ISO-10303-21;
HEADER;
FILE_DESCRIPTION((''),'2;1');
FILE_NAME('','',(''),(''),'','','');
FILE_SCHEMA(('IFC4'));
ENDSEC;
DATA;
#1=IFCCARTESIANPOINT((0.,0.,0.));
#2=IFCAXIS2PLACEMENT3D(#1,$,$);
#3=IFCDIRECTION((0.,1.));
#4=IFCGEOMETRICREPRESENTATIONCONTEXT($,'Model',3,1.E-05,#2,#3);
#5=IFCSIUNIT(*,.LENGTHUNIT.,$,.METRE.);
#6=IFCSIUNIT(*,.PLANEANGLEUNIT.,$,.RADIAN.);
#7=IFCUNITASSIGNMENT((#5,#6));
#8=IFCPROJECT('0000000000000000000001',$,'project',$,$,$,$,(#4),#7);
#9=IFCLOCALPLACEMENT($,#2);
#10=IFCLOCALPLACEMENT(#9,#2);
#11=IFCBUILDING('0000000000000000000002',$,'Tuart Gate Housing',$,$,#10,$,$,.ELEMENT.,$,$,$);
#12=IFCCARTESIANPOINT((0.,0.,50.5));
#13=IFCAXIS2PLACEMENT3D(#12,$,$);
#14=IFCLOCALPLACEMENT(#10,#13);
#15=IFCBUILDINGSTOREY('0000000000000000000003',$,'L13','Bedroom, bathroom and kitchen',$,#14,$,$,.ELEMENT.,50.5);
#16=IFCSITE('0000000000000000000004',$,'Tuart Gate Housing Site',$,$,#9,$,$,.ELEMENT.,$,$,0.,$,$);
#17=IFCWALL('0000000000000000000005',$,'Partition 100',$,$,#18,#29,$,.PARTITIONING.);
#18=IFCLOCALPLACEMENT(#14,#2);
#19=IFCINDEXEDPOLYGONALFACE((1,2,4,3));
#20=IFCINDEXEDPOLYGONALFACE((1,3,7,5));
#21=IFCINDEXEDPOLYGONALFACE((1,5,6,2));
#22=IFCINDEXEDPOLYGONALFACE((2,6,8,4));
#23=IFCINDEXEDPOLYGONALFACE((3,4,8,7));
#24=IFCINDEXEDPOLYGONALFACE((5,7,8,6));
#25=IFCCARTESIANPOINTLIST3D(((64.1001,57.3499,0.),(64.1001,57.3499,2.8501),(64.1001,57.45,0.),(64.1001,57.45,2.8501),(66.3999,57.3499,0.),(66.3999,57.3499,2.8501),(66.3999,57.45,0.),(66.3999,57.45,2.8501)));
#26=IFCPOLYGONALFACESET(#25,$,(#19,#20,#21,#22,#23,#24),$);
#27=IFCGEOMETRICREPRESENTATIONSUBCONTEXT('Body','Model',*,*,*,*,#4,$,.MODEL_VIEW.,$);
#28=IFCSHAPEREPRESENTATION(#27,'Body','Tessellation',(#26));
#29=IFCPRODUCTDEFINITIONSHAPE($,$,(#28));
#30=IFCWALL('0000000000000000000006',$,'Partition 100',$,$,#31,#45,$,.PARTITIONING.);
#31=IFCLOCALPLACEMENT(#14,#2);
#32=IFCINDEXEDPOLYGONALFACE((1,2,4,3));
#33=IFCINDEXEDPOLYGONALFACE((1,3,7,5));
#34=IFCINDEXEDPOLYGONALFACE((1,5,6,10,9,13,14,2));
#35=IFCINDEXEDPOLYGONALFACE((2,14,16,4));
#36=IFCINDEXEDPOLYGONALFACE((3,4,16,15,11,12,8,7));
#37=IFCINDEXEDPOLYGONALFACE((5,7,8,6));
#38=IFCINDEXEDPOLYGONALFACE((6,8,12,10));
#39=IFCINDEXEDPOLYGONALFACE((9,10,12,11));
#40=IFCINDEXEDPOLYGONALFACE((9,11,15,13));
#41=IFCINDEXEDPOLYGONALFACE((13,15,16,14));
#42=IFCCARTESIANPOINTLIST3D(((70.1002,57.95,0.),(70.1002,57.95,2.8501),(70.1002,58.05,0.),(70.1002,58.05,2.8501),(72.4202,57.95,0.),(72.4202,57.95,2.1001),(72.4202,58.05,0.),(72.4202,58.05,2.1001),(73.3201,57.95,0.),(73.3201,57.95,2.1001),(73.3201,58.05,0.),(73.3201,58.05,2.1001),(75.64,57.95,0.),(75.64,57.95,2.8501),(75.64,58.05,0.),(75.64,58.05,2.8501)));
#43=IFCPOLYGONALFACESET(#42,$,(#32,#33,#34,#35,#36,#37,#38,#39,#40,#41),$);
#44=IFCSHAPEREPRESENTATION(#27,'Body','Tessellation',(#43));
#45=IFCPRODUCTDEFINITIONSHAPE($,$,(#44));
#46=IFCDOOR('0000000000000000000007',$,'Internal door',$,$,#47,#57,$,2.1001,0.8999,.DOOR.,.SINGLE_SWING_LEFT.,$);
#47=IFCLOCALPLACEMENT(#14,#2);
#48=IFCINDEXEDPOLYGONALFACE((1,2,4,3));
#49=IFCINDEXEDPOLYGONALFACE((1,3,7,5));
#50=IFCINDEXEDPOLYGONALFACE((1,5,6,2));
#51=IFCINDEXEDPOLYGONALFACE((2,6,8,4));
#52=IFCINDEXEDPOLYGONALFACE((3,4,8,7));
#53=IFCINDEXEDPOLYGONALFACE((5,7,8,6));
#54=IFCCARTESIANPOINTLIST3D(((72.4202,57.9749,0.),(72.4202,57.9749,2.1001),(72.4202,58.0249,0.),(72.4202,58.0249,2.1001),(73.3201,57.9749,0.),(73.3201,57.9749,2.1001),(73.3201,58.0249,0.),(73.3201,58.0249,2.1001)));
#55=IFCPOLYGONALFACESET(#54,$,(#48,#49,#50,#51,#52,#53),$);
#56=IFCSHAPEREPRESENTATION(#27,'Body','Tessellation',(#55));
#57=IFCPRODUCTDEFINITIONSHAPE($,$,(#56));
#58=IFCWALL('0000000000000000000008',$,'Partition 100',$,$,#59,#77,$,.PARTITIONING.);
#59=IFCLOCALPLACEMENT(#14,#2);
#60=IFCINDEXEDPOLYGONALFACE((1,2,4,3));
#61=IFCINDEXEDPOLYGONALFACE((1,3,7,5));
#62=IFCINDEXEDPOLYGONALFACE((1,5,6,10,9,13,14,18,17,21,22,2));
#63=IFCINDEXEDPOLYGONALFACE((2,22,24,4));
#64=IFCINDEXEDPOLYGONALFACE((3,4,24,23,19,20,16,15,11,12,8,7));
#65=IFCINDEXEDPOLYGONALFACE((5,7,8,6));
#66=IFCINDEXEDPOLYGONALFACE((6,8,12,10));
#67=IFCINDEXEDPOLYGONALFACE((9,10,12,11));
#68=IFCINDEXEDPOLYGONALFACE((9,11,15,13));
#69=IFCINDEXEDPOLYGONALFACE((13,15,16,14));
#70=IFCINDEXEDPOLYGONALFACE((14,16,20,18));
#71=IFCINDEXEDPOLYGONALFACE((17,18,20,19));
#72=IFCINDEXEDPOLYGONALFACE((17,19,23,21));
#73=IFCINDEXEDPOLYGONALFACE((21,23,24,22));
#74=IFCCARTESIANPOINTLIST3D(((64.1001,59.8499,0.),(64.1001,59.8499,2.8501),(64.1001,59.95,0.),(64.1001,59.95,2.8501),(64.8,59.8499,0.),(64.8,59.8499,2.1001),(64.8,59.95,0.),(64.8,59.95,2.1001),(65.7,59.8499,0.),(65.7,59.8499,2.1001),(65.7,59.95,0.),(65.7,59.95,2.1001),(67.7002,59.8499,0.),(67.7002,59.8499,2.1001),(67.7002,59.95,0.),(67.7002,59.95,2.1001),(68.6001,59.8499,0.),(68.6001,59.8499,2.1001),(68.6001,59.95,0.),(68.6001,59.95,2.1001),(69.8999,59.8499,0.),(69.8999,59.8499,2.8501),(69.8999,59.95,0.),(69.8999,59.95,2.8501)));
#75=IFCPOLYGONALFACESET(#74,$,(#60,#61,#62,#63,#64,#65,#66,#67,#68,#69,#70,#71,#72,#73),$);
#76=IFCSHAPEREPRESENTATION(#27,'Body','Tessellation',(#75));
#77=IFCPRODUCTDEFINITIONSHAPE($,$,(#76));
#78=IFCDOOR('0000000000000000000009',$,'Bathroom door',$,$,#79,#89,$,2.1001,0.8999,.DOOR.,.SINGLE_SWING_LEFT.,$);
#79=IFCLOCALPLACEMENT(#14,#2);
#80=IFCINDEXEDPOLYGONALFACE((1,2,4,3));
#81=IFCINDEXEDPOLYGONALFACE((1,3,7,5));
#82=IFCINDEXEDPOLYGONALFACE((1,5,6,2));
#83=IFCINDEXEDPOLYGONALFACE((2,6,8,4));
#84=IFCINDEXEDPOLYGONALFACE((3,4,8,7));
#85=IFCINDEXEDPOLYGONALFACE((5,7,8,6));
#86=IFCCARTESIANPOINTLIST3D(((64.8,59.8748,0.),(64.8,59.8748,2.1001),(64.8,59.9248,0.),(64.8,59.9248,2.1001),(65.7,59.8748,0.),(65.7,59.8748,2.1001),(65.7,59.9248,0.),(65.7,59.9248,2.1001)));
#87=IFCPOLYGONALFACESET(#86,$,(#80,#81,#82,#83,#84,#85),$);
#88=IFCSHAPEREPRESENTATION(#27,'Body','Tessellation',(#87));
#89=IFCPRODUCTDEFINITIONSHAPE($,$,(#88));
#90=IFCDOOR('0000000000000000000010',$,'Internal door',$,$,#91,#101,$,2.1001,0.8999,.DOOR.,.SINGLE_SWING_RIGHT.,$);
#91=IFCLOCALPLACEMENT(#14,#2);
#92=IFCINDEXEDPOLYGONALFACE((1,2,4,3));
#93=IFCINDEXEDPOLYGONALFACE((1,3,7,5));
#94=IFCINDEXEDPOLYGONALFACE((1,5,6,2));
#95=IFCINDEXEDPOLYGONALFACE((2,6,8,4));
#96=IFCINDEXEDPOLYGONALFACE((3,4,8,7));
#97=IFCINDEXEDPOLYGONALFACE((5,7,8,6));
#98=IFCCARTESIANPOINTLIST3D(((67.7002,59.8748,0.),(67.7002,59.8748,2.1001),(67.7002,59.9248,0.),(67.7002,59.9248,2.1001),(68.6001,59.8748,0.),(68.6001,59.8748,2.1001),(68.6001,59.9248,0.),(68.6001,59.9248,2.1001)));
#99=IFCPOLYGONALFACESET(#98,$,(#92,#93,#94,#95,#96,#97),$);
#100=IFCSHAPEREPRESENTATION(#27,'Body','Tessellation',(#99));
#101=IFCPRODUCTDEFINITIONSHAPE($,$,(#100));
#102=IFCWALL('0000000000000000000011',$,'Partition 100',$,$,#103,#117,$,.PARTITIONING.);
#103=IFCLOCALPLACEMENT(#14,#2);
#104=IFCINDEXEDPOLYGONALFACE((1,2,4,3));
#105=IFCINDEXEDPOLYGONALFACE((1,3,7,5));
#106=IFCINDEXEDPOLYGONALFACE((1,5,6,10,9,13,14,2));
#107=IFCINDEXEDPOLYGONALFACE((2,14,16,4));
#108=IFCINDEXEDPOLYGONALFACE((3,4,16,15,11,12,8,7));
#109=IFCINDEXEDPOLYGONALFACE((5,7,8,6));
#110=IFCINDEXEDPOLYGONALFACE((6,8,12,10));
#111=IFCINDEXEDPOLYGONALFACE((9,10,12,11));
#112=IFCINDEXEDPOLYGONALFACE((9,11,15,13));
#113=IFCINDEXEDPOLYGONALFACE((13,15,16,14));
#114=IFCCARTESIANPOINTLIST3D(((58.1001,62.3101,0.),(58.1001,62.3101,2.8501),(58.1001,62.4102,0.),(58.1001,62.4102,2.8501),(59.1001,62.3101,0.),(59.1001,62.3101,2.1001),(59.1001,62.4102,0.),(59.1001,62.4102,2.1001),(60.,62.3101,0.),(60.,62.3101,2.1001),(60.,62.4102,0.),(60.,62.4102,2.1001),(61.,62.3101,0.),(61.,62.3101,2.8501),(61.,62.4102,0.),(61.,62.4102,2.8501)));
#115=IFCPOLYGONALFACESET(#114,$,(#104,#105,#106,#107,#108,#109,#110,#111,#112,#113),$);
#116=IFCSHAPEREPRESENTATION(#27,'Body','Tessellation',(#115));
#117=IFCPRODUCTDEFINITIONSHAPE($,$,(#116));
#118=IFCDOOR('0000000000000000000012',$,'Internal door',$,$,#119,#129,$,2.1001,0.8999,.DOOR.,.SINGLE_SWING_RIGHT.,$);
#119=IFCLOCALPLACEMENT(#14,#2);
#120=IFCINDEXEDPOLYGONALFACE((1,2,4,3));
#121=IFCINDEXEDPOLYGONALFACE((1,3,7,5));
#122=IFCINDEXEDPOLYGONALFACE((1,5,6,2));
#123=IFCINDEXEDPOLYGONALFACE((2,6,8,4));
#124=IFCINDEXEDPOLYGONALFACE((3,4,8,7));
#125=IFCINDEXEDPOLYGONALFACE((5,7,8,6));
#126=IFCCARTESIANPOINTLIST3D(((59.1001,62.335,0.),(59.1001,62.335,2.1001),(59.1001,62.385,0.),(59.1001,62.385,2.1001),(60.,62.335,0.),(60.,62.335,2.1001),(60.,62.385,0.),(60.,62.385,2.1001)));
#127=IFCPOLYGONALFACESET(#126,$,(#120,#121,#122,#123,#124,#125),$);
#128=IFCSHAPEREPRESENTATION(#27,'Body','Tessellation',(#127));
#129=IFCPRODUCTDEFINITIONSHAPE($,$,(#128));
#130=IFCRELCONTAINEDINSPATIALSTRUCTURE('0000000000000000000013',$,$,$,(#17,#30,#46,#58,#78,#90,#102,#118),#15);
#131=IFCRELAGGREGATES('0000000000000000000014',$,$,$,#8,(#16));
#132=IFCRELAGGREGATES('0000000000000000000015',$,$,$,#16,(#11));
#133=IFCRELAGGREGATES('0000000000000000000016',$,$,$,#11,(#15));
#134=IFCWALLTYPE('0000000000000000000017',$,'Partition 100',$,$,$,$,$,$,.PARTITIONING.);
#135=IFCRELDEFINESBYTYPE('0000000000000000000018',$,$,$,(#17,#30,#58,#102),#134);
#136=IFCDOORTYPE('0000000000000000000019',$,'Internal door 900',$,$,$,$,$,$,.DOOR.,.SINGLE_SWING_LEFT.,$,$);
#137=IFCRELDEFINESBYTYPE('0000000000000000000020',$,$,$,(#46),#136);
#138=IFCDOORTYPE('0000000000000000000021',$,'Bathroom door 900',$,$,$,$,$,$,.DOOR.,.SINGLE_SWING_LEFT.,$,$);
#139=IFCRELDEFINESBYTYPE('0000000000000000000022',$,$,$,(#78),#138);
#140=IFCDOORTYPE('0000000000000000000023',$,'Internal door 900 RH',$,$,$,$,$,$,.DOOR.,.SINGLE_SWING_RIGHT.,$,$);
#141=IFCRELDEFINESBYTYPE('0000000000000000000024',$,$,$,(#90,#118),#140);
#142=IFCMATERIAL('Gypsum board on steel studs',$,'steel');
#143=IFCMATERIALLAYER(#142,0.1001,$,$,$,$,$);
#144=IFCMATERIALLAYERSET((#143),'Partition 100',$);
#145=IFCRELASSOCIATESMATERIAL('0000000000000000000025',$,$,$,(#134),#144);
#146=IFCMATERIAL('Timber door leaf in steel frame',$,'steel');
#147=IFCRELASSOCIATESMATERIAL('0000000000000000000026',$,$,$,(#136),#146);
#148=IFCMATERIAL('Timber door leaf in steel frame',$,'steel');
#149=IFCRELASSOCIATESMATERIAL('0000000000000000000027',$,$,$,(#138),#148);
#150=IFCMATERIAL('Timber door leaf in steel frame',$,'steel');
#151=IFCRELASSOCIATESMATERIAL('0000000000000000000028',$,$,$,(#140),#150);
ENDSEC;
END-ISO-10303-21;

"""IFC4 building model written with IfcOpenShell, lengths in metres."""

from ifc_helpers import new_model, si_unit, direction, frame, frame_2d, origin, place, context, subcontext, project, spatial, rectangle, extrude, material, layer, layer_set, type_object, element, fill, save


model = new_model("IFC4")

# Units and contexts
model_context = context("Model", 3, precision=1e-05, world=origin(), true_north=direction((0.0, 1.0)))
body_context = subcontext(model_context, "Body", "Model", "MODEL_VIEW")
ifc_project = project(units=[si_unit("LENGTHUNIT", "METRE"), si_unit("PLANEANGLEUNIT", "RADIAN")], contexts=[model_context])

# Site, building, storey
site_placement = place(None, origin())
site = spatial("IfcSite", under=ifc_project, at=site_placement, Name="Tuart Gate Housing Site", CompositionType="ELEMENT", RefElevation=0.0)
building_placement = place(site_placement, origin())
building = spatial("IfcBuilding", under=site, at=building_placement, Name="Tuart Gate Housing", CompositionType="ELEMENT")
storey_placement = place(building_placement, frame((0.0, 0.0, 50.5)))
storey = spatial("IfcBuildingStorey", under=building, at=storey_placement, Name="L13", Description="Bedroom, bathroom and kitchen", CompositionType="ELEMENT", Elevation=50.5)

# Wall
ifc_material_1 = material(Name="Gypsum board on steel studs", Category="steel")
ifc_layer_1 = layer(ifc_material_1, 0.1001)
ifc_layer_set_1 = layer_set([ifc_layer_1], Name="Partition 100")
wall_type_1 = type_object("IfcWallType", Name="Partition 100", PredefinedType="PARTITIONING", material=ifc_layer_set_1)
wall_1_placement = place(storey_placement, frame((64.1001, 57.3999, 0.0), z_axis=(0.0, 0.0, 1.0), x_axis=(1.0, 0.0, 0.0)))
element("IfcWall", 1, at=wall_1_placement, inside=storey, type_object=wall_type_1, Name="Partition 100", PredefinedType="PARTITIONING", context=body_context, shape_type="SweptSolid", body=[
    extrude(rectangle(XDim=2.2998, YDim=0.1001, at=frame_2d((1.1499, 0.0))), origin(), (0.0, 0.0, 1.0), 2.8501),
])

# Wall, opening, door
wall_2_placement = place(storey_placement, frame((70.1001, 58.0, 0.0), z_axis=(0.0, 0.0, 1.0), x_axis=(1.0, 0.0, 0.0)))
wall_2 = element("IfcWall", 2, at=wall_2_placement, inside=storey, type_object=wall_type_1, Name="Partition 100", PredefinedType="PARTITIONING", context=body_context, shape_type="SweptSolid", body=[
    extrude(rectangle(XDim=5.5398, YDim=0.1001, at=frame_2d((2.77, 0.0))), origin(), (0.0, 0.0, 1.0), 2.8501),
])
opening_1_placement = place(wall_2_placement, frame((2.3201, 0.0, 0.0)))
opening_1 = element("IfcOpeningElement", 3, at=opening_1_placement, cuts=wall_2, PredefinedType="OPENING", context=body_context, shape_type="SweptSolid", body=[
    extrude(rectangle(XDim=0.8999, YDim=2.1001, at=frame_2d((0.45, 1.05))), frame((0.0, 0.0601, 0.0), z_axis=(0.0, -1.0, 0.0), x_axis=(1.0, 0.0, 0.0)), (0.0, 0.0, 1.0), 0.1201),
])
ifc_material_2 = material(Name="Timber door leaf in steel frame", Category="steel")
door_type_1 = type_object("IfcDoorType", Name="Internal door 900", OperationType="SINGLE_SWING_LEFT", PredefinedType="DOOR", material=ifc_material_2)
door_1_placement = place(opening_1_placement, frame((0.8999, 0.0, 0.0), z_axis=(0.0, 0.0, 1.0), x_axis=(-1.0, 0.0, 0.0)))
door_1 = element("IfcDoor", 4, at=door_1_placement, inside=storey, type_object=door_type_1, Name="Internal door", OperationType="SINGLE_SWING_LEFT", OverallHeight=2.1001, OverallWidth=0.8999, PredefinedType="DOOR", context=body_context, shape_type="SweptSolid", body=[
    extrude(rectangle(XDim=0.8999, YDim=2.1001, at=frame_2d((0.45, 1.05))), frame((0.0, 0.0251, 0.0), z_axis=(0.0, -1.0, 0.0), x_axis=(1.0, 0.0, 0.0)), (0.0, 0.0, 1.0), 0.05),
])
fill(opening_1, door_1)

# Wall, openings, doors
wall_3_placement = place(storey_placement, frame((64.1001, 59.8999, 0.0), z_axis=(0.0, 0.0, 1.0), x_axis=(1.0, 0.0, 0.0)))
wall_3 = element("IfcWall", 5, at=wall_3_placement, inside=storey, type_object=wall_type_1, Name="Partition 100", PredefinedType="PARTITIONING", context=body_context, shape_type="SweptSolid", body=[
    extrude(rectangle(XDim=5.7998, YDim=0.1001, at=frame_2d((2.8999, 0.0))), origin(), (0.0, 0.0, 1.0), 2.8501),
])
opening_2_placement = place(wall_3_placement, frame((3.6001, 0.0, 0.0)))
opening_2 = element("IfcOpeningElement", 6, at=opening_2_placement, cuts=wall_3, PredefinedType="OPENING", context=body_context, shape_type="SweptSolid", body=[
    extrude(rectangle(XDim=0.8999, YDim=2.1001, at=frame_2d((0.45, 1.05))), frame((0.0, 0.0601, 0.0), z_axis=(0.0, -1.0, 0.0), x_axis=(1.0, 0.0, 0.0)), (0.0, 0.0, 1.0), 0.1201),
])
opening_3_placement = place(wall_3_placement, frame((0.7, 0.0, 0.0)))
opening_3 = element("IfcOpeningElement", 7, at=opening_3_placement, cuts=wall_3, PredefinedType="OPENING", context=body_context, shape_type="SweptSolid", body=[
    extrude(rectangle(XDim=0.8999, YDim=2.1001, at=frame_2d((0.45, 1.05))), frame((0.0, 0.0601, 0.0), z_axis=(0.0, -1.0, 0.0), x_axis=(1.0, 0.0, 0.0)), (0.0, 0.0, 1.0), 0.1201),
])
ifc_material_3 = material(Name="Timber door leaf in steel frame", Category="steel")
door_type_2 = type_object("IfcDoorType", Name="Bathroom door 900", OperationType="SINGLE_SWING_LEFT", PredefinedType="DOOR", material=ifc_material_3)
door_2_placement = place(opening_3_placement, frame((0.8999, 0.0, 0.0), z_axis=(0.0, 0.0, 1.0), x_axis=(-1.0, 0.0, 0.0)))
door_2 = element("IfcDoor", 8, at=door_2_placement, inside=storey, type_object=door_type_2, Name="Bathroom door", OperationType="SINGLE_SWING_LEFT", OverallHeight=2.1001, OverallWidth=0.8999, PredefinedType="DOOR", context=body_context, shape_type="SweptSolid", body=[
    extrude(rectangle(XDim=0.8999, YDim=2.1001, at=frame_2d((0.45, 1.05))), frame((0.0, 0.0251, 0.0), z_axis=(0.0, -1.0, 0.0), x_axis=(1.0, 0.0, 0.0)), (0.0, 0.0, 1.0), 0.05),
])
fill(opening_3, door_2)
ifc_material_4 = material(Name="Timber door leaf in steel frame", Category="steel")
door_type_3 = type_object("IfcDoorType", Name="Internal door 900 RH", OperationType="SINGLE_SWING_RIGHT", PredefinedType="DOOR", material=ifc_material_4)
door_3_placement = place(opening_2_placement, frame((0.8999, 0.0, 0.0), z_axis=(0.0, 0.0, 1.0), x_axis=(-1.0, 0.0, 0.0)))
door_3 = element("IfcDoor", 9, at=door_3_placement, inside=storey, type_object=door_type_3, Name="Internal door", OperationType="SINGLE_SWING_RIGHT", OverallHeight=2.1001, OverallWidth=0.8999, PredefinedType="DOOR", context=body_context, shape_type="SweptSolid", body=[
    extrude(rectangle(XDim=0.8999, YDim=2.1001, at=frame_2d((0.45, 1.05))), frame((0.0, 0.0251, 0.0), z_axis=(0.0, -1.0, 0.0), x_axis=(1.0, 0.0, 0.0)), (0.0, 0.0, 1.0), 0.05),
])
fill(opening_2, door_3)

# Wall, opening, door
wall_4_placement = place(storey_placement, frame((58.1001, 62.3601, 0.0), z_axis=(0.0, 0.0, 1.0), x_axis=(1.0, 0.0, 0.0)))
wall_4 = element("IfcWall", 10, at=wall_4_placement, inside=storey, type_object=wall_type_1, Name="Partition 100", PredefinedType="PARTITIONING", context=body_context, shape_type="SweptSolid", body=[
    extrude(rectangle(XDim=2.8999, YDim=0.1001, at=frame_2d((1.45, 0.0))), origin(), (0.0, 0.0, 1.0), 2.8501),
])
opening_4_placement = place(wall_4_placement, frame((1.0, 0.0, 0.0)))
opening_4 = element("IfcOpeningElement", 11, at=opening_4_placement, cuts=wall_4, PredefinedType="OPENING", context=body_context, shape_type="SweptSolid", body=[
    extrude(rectangle(XDim=0.8999, YDim=2.1001, at=frame_2d((0.45, 1.05))), frame((0.0, 0.0601, 0.0), z_axis=(0.0, -1.0, 0.0), x_axis=(1.0, 0.0, 0.0)), (0.0, 0.0, 1.0), 0.1201),
])
door_4_placement = place(opening_4_placement, origin())
door_4 = element("IfcDoor", 12, at=door_4_placement, inside=storey, type_object=door_type_3, Name="Internal door", OperationType="SINGLE_SWING_RIGHT", OverallHeight=2.1001, OverallWidth=0.8999, PredefinedType="DOOR", context=body_context, shape_type="SweptSolid", body=[
    extrude(rectangle(XDim=0.8999, YDim=2.1001, at=frame_2d((0.45, 1.05))), frame((0.0, 0.0249, 0.0), z_axis=(0.0, -1.0, 0.0), x_axis=(1.0, 0.0, 0.0)), (0.0, 0.0, 1.0), 0.05),
])
fill(opening_4, door_4)

save(model, "model.ifc")
